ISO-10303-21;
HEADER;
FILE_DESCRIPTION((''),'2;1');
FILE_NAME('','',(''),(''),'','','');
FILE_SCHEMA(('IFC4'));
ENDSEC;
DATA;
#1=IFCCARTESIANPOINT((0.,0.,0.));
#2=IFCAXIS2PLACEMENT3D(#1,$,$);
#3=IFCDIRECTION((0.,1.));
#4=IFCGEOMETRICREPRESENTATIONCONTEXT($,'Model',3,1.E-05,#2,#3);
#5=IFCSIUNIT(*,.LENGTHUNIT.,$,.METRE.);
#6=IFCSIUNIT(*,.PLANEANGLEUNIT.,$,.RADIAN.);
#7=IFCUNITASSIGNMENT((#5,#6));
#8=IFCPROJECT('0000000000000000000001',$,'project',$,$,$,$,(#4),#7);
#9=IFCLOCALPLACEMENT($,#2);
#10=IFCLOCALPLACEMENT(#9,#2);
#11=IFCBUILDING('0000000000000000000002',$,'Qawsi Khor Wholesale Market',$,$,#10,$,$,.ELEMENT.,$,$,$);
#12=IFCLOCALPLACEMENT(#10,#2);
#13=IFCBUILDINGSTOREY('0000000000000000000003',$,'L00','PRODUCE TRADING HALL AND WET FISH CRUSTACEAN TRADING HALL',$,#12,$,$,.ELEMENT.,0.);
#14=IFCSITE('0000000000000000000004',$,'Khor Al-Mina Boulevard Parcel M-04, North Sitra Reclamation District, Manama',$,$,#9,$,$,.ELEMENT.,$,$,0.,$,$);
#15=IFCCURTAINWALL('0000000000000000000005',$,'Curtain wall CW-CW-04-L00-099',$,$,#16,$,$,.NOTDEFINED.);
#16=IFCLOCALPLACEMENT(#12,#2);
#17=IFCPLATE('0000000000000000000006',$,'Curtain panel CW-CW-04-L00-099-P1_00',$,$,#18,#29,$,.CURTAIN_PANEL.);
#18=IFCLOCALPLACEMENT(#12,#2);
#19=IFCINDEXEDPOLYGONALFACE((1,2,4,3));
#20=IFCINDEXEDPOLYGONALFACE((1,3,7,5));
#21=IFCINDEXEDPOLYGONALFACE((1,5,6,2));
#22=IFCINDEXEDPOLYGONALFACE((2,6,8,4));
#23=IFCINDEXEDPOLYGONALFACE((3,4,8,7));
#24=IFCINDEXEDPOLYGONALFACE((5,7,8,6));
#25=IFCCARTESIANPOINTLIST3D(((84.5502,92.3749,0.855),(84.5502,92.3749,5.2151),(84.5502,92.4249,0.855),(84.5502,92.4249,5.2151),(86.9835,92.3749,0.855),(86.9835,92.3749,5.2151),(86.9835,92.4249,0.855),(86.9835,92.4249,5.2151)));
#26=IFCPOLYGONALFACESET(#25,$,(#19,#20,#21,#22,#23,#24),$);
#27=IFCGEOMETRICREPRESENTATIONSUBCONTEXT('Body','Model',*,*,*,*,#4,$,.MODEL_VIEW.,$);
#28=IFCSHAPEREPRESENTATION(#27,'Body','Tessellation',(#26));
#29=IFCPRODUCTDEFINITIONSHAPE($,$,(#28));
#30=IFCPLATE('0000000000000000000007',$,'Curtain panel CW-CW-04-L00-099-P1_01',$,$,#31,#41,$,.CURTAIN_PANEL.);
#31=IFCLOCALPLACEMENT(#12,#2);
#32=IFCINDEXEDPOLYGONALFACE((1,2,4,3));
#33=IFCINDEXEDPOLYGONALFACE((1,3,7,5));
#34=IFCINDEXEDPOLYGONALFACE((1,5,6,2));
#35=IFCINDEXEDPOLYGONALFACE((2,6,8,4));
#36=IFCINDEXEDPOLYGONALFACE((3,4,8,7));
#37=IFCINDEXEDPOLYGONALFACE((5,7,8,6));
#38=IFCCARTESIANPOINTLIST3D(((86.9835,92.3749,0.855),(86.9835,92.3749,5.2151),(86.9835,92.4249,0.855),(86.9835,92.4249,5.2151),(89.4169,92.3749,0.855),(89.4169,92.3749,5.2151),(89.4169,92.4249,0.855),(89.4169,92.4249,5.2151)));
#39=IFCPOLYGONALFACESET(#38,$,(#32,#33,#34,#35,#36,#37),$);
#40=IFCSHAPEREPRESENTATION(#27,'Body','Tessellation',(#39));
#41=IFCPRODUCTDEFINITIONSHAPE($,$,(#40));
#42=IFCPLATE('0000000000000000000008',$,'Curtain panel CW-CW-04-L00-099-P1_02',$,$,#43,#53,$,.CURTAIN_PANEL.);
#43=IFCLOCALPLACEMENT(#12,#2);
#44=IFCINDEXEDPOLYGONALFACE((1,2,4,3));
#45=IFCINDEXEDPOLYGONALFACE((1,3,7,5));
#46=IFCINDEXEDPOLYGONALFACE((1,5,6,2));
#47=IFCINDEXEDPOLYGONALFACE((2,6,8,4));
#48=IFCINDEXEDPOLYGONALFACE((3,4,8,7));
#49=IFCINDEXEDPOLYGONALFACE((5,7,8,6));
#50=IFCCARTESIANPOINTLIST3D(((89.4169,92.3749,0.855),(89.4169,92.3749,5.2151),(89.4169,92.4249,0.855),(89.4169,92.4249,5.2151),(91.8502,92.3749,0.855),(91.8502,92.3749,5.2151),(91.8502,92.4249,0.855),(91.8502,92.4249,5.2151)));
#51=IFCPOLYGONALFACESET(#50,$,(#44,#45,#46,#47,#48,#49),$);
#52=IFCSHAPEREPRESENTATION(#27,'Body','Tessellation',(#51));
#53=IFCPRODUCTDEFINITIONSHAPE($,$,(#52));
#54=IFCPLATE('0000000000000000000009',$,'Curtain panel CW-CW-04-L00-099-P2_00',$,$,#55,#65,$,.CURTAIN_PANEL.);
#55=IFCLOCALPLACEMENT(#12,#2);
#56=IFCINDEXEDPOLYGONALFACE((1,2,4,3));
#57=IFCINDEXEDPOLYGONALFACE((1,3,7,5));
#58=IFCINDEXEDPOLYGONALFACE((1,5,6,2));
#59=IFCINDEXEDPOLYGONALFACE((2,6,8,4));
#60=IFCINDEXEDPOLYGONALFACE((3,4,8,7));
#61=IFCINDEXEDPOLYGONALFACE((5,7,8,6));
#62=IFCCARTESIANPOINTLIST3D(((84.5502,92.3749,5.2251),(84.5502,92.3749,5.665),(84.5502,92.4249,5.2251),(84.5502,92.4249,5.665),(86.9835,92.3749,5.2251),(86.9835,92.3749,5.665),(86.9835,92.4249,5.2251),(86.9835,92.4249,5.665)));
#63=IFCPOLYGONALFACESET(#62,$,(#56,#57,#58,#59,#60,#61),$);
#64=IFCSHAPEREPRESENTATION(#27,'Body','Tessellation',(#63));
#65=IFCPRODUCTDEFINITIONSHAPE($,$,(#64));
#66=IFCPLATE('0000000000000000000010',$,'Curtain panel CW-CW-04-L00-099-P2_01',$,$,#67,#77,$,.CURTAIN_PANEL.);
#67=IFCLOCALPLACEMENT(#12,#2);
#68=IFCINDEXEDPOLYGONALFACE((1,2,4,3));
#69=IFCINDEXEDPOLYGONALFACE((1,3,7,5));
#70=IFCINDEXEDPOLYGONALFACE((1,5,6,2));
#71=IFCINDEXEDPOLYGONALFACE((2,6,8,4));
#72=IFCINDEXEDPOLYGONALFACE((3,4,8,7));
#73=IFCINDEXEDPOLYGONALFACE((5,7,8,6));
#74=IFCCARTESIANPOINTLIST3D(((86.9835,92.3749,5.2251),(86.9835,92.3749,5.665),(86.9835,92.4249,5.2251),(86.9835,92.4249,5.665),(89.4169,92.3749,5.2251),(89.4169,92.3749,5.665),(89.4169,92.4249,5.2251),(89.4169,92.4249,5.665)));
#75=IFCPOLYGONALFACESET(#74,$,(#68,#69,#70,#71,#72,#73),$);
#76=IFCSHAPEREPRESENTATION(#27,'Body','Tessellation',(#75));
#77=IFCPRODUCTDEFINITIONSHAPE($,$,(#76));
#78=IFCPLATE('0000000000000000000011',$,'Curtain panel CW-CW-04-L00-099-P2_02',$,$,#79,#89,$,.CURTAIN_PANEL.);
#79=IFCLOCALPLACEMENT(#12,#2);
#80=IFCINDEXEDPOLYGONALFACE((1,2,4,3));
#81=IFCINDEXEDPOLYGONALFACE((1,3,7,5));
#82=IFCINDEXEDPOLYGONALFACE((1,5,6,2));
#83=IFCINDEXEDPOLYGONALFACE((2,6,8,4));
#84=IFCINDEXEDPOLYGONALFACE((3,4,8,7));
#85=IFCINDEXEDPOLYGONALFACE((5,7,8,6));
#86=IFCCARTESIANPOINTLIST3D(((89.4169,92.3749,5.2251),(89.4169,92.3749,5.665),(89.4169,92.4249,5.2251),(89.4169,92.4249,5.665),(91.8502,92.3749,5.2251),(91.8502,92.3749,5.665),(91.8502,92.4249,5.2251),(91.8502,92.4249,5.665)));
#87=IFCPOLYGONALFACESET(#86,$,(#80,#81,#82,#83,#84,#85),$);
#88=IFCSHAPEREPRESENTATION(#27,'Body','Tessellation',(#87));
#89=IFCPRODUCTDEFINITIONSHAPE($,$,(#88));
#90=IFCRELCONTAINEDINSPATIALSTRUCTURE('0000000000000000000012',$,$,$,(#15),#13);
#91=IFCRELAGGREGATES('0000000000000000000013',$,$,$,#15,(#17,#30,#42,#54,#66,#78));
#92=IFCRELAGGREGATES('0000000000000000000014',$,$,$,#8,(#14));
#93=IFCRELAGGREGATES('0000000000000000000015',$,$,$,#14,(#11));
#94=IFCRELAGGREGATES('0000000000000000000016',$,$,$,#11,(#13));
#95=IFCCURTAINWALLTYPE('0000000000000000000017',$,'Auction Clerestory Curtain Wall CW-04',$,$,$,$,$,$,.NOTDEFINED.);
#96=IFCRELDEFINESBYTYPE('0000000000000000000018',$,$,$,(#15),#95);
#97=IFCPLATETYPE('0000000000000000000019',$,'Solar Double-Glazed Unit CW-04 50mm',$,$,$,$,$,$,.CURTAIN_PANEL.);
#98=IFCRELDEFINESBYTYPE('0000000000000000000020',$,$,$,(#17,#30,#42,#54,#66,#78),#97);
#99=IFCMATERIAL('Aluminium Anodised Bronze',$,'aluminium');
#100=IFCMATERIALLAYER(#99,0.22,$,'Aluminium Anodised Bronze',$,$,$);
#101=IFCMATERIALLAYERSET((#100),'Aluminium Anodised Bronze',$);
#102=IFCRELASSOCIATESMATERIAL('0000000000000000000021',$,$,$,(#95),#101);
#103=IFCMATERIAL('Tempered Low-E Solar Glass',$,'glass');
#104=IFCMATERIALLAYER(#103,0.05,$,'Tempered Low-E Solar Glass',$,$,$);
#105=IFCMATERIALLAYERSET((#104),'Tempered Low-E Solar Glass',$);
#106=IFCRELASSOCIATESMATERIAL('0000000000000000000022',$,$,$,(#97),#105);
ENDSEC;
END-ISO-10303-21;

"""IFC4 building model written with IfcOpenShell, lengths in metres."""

from ifc_helpers import new_model, si_unit, direction, frame, frame_2d, origin, place, context, subcontext, project, spatial, rectangle, extrude, material, layer, layer_set, type_object, element, aggregate, save


model = new_model("IFC4")

# Units and contexts
model_context = context("Model", 3, precision=1e-05, world=origin(), true_north=direction((0.0, 1.0)))
body_context = subcontext(model_context, "Body", "Model", "MODEL_VIEW")
ifc_project = project(units=[si_unit("LENGTHUNIT", "METRE"), si_unit("PLANEANGLEUNIT", "RADIAN")], contexts=[model_context])

# Site, building, storey
site_placement = place(None, origin())
site = spatial("IfcSite", under=ifc_project, at=site_placement, Name="Khor Al-Mina Boulevard Parcel M-04, North Sitra Reclamation District, Manama", CompositionType="ELEMENT", RefElevation=0.0)
building_placement = place(site_placement, origin())
building = spatial("IfcBuilding", under=site, at=building_placement, Name="Qawsi Khor Wholesale Market", CompositionType="ELEMENT")
storey_placement = place(building_placement, origin())
storey = spatial("IfcBuildingStorey", under=building, at=storey_placement, Name="L00", Description="PRODUCE TRADING HALL AND WET FISH CRUSTACEAN TRADING HALL", CompositionType="ELEMENT", Elevation=0.0)

# Curtain wall, plates
ifc_material_1 = material(Name="Aluminium Anodised Bronze", Category="aluminium")
ifc_layer_1 = layer(ifc_material_1, 0.22, Name="Aluminium Anodised Bronze")
ifc_layer_set_1 = layer_set([ifc_layer_1], Name="Aluminium Anodised Bronze")
curtain_wall_type = type_object("IfcCurtainWallType", Name="Auction Clerestory Curtain Wall CW-04", PredefinedType="NOTDEFINED", material=ifc_layer_set_1)
curtain_wall_placement = place(storey_placement, origin())
curtain_wall = element("IfcCurtainWall", 1, at=curtain_wall_placement, inside=storey, type_object=curtain_wall_type, Name="Curtain wall CW-CW-04-L00-099", PredefinedType="NOTDEFINED")
ifc_material_2 = material(Name="Tempered Low-E Solar Glass", Category="glass")
ifc_layer_2 = layer(ifc_material_2, 0.05, Name="Tempered Low-E Solar Glass")
ifc_layer_set_2 = layer_set([ifc_layer_2], Name="Tempered Low-E Solar Glass")
plate_type_1 = type_object("IfcPlateType", Name="Solar Double-Glazed Unit CW-04 50mm", PredefinedType="CURTAIN_PANEL", material=ifc_layer_set_2)
plate_1_placement = place(storey_placement, frame((84.55, 92.3999, 0.855), z_axis=(0.0, 0.0, 1.0), x_axis=(1.0, 0.0, 0.0)))
plate_1 = element("IfcPlate", 2, at=plate_1_placement, type_object=plate_type_1, Name="Curtain panel CW-CW-04-L00-099-P1_00", PredefinedType="CURTAIN_PANEL", context=body_context, shape_type="SweptSolid", body=[
    extrude(rectangle(XDim=2.4333, YDim=0.05, at=frame_2d((1.2168, 0.0))), origin(), (0.0, 0.0, 1.0), 4.3601),
])
plate_2_placement = place(storey_placement, frame((86.9834, 92.3999, 0.855), z_axis=(0.0, 0.0, 1.0), x_axis=(1.0, 0.0, 0.0)))
plate_2 = element("IfcPlate", 3, at=plate_2_placement, type_object=plate_type_1, Name="Curtain panel CW-CW-04-L00-099-P1_01", PredefinedType="CURTAIN_PANEL", context=body_context, shape_type="SweptSolid", body=[
    extrude(rectangle(XDim=2.4333, YDim=0.05, at=frame_2d((1.2168, 0.0))), origin(), (0.0, 0.0, 1.0), 4.3601),
])
plate_3_placement = place(storey_placement, frame((89.4167, 92.3999, 0.855), z_axis=(0.0, 0.0, 1.0), x_axis=(1.0, 0.0, 0.0)))
plate_3 = element("IfcPlate", 4, at=plate_3_placement, type_object=plate_type_1, Name="Curtain panel CW-CW-04-L00-099-P1_02", PredefinedType="CURTAIN_PANEL", context=body_context, shape_type="SweptSolid", body=[
    extrude(rectangle(XDim=2.4333, YDim=0.05, at=frame_2d((1.2168, 0.0))), origin(), (0.0, 0.0, 1.0), 4.3601),
])
plate_4_placement = place(storey_placement, frame((84.55, 92.3999, 5.2251), z_axis=(0.0, 0.0, 1.0), x_axis=(1.0, 0.0, 0.0)))
plate_4 = element("IfcPlate", 5, at=plate_4_placement, type_object=plate_type_1, Name="Curtain panel CW-CW-04-L00-099-P2_00", PredefinedType="CURTAIN_PANEL", context=body_context, shape_type="SweptSolid", body=[
    extrude(rectangle(XDim=2.4333, YDim=0.05, at=frame_2d((1.2168, 0.0))), origin(), (0.0, 0.0, 1.0), 0.4399),
])
plate_5_placement = place(storey_placement, frame((86.9834, 92.3999, 5.2251), z_axis=(0.0, 0.0, 1.0), x_axis=(1.0, 0.0, 0.0)))
plate_5 = element("IfcPlate", 6, at=plate_5_placement, type_object=plate_type_1, Name="Curtain panel CW-CW-04-L00-099-P2_01", PredefinedType="CURTAIN_PANEL", context=body_context, shape_type="SweptSolid", body=[
    extrude(rectangle(XDim=2.4333, YDim=0.05, at=frame_2d((1.2168, 0.0))), origin(), (0.0, 0.0, 1.0), 0.4399),
])
plate_6_placement = place(storey_placement, frame((89.4167, 92.3999, 5.2251), z_axis=(0.0, 0.0, 1.0), x_axis=(1.0, 0.0, 0.0)))
plate_6 = element("IfcPlate", 7, at=plate_6_placement, type_object=plate_type_1, Name="Curtain panel CW-CW-04-L00-099-P2_02", PredefinedType="CURTAIN_PANEL", context=body_context, shape_type="SweptSolid", body=[
    extrude(rectangle(XDim=2.4333, YDim=0.05, at=frame_2d((1.2168, 0.0))), origin(), (0.0, 0.0, 1.0), 0.4399),
])
aggregate(curtain_wall, [plate_1, plate_2, plate_3, plate_4, plate_5, plate_6])

save(model, "model.ifc")
